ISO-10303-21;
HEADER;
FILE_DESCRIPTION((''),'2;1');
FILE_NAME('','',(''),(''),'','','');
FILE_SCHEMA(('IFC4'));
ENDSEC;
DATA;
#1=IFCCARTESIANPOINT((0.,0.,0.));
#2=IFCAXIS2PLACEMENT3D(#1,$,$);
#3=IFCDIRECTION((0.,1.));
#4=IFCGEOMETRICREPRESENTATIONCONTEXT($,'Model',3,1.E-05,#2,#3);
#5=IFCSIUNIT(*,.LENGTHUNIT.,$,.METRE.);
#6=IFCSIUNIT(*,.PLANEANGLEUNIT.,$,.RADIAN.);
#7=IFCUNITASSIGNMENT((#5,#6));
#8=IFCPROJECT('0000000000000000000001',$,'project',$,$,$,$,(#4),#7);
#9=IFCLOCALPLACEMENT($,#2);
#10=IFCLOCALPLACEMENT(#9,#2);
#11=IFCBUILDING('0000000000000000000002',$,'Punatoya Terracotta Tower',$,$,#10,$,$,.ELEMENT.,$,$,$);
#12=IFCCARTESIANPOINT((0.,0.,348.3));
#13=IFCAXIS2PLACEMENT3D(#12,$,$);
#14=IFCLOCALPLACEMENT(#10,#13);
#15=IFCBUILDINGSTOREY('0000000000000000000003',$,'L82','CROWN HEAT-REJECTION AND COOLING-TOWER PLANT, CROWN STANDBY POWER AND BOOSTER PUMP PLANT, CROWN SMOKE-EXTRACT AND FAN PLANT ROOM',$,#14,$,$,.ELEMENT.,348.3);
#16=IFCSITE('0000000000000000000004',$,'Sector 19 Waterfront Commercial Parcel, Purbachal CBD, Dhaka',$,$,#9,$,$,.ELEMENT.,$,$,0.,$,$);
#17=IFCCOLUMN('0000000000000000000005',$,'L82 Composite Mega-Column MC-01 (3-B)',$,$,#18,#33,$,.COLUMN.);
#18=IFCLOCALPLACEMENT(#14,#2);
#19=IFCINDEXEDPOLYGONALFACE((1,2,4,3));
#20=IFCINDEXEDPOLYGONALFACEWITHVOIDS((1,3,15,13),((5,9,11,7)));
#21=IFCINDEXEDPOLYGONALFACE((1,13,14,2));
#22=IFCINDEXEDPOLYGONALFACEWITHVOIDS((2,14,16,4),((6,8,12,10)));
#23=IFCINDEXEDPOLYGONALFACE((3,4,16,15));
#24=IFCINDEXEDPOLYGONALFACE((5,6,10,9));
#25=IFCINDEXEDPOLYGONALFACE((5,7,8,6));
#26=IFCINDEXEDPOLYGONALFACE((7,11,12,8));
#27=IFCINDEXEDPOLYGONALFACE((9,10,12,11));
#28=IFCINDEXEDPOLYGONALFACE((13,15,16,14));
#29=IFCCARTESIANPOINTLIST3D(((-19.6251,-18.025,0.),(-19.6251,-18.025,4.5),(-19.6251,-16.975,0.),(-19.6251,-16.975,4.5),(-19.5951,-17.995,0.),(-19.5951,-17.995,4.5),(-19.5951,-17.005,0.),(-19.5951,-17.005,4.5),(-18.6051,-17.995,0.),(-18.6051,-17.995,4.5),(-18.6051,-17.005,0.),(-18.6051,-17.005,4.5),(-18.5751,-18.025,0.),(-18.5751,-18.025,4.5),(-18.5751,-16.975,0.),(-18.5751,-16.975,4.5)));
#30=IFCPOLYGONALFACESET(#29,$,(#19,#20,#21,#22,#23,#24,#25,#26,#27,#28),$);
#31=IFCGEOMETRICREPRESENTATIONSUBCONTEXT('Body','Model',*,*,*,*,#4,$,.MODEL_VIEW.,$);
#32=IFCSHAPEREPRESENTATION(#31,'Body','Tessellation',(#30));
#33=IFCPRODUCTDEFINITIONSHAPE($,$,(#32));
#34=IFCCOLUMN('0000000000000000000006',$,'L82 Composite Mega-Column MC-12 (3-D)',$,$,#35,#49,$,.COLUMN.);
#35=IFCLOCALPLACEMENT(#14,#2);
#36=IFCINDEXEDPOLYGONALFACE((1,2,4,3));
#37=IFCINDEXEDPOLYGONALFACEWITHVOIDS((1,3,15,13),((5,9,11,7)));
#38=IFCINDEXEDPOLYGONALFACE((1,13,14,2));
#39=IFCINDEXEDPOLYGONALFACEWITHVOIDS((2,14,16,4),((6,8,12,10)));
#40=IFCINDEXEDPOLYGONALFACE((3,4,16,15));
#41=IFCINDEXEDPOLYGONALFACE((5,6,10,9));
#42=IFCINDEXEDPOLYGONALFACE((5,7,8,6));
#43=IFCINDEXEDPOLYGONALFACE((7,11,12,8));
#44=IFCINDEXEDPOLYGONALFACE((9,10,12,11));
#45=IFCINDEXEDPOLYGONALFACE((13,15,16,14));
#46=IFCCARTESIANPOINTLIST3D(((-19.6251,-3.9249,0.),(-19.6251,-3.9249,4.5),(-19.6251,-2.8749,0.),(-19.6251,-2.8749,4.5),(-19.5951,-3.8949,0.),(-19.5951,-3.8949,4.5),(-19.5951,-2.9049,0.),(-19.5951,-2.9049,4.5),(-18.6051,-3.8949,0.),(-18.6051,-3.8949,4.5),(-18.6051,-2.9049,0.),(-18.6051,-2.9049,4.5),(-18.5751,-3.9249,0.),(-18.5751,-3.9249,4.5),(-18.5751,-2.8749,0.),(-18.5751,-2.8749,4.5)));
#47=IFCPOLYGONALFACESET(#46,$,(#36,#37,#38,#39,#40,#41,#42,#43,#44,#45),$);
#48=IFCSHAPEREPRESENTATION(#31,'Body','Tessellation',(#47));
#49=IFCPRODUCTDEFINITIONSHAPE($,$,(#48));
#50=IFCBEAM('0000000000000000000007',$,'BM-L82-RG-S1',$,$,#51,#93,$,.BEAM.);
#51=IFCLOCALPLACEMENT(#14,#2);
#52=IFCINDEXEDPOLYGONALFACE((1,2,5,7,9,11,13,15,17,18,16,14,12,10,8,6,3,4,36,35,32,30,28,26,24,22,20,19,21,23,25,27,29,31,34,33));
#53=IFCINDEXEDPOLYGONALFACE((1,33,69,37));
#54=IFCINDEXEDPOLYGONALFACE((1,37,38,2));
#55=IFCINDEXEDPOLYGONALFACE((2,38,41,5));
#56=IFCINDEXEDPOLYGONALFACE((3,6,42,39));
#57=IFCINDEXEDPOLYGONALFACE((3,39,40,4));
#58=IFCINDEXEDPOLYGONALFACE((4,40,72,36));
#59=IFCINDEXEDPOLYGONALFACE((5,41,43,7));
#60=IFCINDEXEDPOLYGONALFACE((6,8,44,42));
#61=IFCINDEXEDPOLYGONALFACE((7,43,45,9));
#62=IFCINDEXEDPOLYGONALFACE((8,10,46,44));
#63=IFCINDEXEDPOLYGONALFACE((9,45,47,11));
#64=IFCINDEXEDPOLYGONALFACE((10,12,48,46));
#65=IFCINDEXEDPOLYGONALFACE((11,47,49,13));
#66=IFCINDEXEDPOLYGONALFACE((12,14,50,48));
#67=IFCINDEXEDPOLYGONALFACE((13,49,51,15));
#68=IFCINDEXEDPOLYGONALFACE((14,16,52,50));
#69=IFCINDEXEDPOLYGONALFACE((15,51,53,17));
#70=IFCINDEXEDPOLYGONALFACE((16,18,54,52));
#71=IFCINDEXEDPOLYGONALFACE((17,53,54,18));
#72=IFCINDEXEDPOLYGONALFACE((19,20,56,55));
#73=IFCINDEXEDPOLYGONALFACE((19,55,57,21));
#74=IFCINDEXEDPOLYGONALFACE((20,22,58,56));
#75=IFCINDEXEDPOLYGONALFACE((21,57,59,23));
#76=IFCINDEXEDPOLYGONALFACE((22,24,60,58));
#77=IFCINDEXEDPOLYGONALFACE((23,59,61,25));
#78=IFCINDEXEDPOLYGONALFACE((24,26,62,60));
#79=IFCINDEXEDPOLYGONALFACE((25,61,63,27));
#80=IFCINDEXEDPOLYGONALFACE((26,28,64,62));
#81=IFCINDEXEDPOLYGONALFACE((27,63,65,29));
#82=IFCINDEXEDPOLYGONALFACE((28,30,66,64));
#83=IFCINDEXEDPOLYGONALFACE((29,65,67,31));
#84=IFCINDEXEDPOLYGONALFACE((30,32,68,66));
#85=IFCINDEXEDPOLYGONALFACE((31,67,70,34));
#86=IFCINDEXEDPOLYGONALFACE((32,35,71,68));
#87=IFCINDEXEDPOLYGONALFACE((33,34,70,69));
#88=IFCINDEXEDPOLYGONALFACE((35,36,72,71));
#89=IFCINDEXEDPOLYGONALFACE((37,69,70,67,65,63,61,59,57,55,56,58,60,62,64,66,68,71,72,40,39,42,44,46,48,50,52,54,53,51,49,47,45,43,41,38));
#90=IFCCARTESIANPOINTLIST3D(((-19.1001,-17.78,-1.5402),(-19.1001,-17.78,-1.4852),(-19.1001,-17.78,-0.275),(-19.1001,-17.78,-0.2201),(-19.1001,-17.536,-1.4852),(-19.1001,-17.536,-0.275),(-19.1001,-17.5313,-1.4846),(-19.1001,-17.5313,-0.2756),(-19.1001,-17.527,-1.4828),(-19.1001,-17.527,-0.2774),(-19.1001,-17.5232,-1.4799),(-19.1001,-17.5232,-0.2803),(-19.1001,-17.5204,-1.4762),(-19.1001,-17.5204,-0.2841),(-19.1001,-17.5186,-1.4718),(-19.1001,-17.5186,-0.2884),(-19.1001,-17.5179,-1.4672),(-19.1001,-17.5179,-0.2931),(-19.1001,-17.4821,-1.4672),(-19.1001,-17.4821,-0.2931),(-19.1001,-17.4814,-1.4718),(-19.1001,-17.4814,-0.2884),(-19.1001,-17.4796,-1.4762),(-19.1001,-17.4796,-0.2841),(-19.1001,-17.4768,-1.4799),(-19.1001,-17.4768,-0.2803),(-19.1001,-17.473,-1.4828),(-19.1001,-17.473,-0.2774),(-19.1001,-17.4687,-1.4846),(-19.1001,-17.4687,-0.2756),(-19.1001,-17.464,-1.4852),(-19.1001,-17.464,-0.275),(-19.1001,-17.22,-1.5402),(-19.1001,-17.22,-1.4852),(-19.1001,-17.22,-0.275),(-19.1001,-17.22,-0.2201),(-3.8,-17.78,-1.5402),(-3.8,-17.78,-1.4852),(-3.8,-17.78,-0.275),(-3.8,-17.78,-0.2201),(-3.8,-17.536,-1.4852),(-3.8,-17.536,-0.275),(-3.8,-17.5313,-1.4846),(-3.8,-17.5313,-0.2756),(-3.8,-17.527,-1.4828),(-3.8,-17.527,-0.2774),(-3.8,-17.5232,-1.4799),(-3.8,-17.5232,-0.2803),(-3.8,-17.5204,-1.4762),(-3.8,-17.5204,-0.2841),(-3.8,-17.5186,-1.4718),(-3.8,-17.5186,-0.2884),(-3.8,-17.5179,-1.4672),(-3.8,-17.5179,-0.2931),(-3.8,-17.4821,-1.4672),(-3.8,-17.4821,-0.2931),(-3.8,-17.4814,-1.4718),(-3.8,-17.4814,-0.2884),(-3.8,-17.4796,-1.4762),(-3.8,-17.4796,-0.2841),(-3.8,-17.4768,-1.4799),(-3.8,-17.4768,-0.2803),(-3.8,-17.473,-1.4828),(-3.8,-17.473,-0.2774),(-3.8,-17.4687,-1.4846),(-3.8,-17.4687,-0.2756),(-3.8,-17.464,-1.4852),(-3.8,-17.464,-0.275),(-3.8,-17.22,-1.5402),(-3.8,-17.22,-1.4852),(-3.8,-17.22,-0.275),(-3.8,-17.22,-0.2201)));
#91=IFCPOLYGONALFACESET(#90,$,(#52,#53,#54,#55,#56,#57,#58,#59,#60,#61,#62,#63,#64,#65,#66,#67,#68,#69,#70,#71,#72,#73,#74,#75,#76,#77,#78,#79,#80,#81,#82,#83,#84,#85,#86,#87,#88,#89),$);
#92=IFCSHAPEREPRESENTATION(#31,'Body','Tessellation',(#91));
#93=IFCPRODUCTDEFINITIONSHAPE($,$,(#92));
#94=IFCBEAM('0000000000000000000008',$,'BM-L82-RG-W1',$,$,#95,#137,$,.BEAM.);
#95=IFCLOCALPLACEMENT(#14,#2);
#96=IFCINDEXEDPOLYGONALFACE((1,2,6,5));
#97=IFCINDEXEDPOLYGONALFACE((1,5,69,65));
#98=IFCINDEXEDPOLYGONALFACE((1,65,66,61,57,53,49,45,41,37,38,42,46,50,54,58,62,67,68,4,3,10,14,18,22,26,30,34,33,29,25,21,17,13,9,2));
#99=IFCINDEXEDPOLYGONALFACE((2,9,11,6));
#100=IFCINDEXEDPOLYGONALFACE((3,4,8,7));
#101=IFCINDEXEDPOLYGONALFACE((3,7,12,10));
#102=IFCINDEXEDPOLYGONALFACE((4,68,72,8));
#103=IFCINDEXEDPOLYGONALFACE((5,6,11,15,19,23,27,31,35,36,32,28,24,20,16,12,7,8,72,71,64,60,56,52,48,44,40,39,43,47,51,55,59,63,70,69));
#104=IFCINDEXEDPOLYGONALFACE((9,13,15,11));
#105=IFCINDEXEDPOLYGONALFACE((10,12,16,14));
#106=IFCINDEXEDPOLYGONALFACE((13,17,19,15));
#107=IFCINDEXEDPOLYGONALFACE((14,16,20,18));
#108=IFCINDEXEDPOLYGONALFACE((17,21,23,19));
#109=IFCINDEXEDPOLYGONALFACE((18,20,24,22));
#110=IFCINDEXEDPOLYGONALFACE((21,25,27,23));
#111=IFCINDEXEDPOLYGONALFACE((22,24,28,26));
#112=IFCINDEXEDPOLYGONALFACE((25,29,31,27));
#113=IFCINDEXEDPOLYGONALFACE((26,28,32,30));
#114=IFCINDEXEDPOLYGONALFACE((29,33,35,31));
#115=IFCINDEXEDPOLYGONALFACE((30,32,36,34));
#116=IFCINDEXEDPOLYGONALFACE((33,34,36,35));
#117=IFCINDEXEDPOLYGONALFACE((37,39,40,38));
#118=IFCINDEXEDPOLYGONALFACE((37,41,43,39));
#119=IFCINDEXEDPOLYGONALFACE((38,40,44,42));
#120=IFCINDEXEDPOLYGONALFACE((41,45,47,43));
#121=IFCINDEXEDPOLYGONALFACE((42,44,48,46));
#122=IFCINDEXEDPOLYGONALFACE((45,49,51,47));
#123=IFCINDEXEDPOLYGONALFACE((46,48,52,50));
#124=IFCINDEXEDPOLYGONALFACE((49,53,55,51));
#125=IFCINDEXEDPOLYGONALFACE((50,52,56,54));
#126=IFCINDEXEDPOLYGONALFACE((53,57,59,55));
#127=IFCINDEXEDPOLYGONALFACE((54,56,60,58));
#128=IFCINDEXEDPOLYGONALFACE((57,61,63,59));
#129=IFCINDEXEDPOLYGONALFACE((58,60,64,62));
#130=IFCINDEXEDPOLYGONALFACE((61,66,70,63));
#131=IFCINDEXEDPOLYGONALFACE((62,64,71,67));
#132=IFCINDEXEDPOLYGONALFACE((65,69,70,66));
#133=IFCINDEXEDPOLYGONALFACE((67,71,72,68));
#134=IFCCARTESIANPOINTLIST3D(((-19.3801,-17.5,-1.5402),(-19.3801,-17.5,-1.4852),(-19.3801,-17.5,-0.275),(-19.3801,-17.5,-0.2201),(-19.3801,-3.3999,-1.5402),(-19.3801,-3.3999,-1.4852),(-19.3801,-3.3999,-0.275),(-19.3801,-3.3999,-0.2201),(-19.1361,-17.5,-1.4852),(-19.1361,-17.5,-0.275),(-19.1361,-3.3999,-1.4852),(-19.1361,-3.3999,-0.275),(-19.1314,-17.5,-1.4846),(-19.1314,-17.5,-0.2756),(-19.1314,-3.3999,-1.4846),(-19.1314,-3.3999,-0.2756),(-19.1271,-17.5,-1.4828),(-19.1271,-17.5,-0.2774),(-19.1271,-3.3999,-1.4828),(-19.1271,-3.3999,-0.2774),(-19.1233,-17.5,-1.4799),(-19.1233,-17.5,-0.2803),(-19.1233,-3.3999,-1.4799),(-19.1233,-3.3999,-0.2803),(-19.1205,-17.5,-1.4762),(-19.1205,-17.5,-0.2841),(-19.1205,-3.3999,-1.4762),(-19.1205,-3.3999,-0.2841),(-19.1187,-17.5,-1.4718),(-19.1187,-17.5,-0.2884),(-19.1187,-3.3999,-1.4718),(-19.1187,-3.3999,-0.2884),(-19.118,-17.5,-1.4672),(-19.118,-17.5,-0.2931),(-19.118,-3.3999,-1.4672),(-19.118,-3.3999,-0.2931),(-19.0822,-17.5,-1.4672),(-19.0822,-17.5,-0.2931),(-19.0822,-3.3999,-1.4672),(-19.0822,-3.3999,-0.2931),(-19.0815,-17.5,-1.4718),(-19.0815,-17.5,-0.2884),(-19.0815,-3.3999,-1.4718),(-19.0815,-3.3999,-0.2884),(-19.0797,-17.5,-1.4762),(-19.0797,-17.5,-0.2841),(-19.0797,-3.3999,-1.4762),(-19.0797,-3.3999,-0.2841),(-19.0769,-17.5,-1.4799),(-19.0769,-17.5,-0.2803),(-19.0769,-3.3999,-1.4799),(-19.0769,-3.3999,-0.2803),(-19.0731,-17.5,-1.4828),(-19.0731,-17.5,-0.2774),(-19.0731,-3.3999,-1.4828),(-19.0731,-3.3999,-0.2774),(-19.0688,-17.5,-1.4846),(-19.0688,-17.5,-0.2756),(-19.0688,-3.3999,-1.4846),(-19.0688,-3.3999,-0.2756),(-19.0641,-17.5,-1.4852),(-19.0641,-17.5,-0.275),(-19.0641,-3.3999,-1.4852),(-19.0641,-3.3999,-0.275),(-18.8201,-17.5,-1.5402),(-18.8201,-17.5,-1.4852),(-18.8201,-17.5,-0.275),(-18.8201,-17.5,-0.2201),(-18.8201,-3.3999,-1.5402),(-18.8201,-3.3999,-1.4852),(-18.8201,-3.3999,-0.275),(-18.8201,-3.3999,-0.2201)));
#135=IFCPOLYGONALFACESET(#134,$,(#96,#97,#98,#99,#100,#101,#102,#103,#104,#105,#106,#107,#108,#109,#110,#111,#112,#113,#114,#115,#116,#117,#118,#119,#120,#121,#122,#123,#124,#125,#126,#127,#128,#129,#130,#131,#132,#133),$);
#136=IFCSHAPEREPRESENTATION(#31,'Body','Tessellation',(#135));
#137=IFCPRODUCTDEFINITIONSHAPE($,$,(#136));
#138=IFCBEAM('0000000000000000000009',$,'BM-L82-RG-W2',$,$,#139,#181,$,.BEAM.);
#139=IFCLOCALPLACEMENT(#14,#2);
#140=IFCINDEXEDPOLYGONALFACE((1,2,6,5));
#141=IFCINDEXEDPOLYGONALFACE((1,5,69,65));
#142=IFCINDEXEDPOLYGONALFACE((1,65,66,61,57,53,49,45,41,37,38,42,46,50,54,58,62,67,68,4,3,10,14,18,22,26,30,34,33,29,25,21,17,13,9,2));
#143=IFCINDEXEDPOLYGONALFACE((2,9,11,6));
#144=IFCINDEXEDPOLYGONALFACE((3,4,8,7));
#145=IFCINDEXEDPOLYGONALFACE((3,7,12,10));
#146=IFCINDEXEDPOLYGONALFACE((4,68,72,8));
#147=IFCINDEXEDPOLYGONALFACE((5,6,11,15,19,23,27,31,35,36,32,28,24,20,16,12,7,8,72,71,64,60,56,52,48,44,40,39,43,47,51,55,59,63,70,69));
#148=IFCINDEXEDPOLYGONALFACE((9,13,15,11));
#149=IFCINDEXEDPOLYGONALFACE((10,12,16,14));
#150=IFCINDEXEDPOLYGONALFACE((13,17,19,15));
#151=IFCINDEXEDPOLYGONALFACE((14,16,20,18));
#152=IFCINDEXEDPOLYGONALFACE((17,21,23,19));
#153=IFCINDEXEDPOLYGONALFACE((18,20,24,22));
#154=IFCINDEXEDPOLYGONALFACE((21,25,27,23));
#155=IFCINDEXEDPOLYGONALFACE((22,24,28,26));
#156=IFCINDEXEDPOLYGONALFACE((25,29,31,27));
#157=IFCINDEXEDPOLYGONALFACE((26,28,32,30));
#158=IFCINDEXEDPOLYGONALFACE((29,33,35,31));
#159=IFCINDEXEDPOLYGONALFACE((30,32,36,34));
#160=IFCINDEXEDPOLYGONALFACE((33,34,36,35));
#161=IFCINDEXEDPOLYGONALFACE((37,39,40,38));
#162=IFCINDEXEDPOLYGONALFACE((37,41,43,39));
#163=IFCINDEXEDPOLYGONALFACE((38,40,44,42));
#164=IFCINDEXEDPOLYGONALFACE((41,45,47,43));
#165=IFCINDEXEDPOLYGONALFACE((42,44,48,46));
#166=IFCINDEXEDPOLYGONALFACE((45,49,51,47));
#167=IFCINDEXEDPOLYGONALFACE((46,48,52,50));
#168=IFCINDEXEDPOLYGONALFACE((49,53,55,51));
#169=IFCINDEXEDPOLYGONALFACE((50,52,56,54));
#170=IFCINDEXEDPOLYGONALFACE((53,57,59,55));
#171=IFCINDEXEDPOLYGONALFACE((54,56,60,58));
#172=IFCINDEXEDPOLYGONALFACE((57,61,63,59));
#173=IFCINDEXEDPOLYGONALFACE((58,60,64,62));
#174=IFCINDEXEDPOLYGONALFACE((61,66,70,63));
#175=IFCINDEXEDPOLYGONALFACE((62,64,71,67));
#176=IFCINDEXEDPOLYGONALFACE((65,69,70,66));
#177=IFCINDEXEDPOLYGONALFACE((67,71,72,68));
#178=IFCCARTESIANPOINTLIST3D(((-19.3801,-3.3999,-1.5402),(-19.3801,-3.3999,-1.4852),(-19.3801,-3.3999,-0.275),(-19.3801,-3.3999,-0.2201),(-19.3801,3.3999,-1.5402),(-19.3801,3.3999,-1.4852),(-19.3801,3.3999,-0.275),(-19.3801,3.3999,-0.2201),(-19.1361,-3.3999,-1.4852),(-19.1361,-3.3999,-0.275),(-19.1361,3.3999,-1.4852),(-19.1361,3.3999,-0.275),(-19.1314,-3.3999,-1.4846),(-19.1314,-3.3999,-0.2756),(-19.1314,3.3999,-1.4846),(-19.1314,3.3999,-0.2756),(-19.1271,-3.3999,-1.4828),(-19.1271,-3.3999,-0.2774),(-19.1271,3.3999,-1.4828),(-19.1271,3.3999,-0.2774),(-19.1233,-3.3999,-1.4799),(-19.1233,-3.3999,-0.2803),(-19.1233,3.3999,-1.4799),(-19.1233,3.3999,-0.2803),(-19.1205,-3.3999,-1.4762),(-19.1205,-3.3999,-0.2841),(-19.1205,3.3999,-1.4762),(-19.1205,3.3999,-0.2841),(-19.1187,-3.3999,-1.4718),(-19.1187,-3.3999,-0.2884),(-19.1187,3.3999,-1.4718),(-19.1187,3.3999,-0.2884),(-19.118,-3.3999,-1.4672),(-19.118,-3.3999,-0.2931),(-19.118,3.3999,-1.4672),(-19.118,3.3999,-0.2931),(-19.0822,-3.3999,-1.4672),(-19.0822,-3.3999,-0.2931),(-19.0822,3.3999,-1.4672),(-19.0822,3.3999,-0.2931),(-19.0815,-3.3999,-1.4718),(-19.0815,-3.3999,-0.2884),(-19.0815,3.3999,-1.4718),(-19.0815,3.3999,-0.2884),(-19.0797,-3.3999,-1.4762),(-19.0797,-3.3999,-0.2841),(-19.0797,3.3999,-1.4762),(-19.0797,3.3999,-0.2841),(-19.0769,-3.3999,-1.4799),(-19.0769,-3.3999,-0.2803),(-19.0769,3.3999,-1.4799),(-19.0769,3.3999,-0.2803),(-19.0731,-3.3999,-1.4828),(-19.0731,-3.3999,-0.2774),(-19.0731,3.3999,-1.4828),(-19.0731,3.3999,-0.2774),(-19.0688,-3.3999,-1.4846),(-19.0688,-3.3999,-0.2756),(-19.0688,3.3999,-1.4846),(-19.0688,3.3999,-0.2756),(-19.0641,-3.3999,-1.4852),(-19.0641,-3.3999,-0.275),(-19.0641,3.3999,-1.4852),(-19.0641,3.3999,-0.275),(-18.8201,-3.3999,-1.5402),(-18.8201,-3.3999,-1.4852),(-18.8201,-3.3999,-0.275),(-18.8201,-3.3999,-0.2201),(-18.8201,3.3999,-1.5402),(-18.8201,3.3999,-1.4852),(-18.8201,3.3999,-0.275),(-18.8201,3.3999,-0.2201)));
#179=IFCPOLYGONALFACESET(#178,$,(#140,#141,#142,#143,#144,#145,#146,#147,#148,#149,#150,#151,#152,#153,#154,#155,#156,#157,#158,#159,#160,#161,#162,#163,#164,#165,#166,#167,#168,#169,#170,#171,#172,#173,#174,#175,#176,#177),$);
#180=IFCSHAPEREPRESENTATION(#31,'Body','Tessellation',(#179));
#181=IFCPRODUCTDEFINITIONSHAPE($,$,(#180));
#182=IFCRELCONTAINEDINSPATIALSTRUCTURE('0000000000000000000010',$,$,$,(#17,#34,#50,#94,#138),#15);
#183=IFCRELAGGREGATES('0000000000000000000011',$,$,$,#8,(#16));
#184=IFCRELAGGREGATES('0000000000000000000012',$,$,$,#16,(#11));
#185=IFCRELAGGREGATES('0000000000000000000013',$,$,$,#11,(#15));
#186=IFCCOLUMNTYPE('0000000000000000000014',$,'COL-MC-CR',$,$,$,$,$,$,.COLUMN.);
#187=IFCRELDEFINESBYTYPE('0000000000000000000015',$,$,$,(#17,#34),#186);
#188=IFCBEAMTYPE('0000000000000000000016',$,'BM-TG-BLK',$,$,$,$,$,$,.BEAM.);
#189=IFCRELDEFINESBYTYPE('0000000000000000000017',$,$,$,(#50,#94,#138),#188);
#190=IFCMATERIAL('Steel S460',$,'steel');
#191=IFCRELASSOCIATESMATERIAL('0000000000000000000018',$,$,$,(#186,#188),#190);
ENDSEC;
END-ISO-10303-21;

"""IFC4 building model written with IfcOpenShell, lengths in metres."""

from ifc_helpers import new_model, si_unit, direction, frame, origin, origin_2d, place, context, subcontext, project, spatial, hollow_rectangle, i_section, extrude, material, material_profile, profile_set, type_object, element, save


model = new_model("IFC4")

# Units and contexts
model_context = context("Model", 3, precision=1e-05, world=origin(), true_north=direction((0.0, 1.0)))
body_context = subcontext(model_context, "Body", "Model", "MODEL_VIEW")
ifc_project = project(units=[si_unit("LENGTHUNIT", "METRE"), si_unit("PLANEANGLEUNIT", "RADIAN")], contexts=[model_context])

# Site, building, storey
site_placement = place(None, origin())
site = spatial("IfcSite", under=ifc_project, at=site_placement, Name="Sector 19 Waterfront Commercial Parcel, Purbachal CBD, Dhaka", CompositionType="ELEMENT", RefElevation=0.0)
building_placement = place(site_placement, origin())
building = spatial("IfcBuilding", under=site, at=building_placement, Name="Punatoya Terracotta Tower", CompositionType="ELEMENT")
storey_placement = place(building_placement, frame((0.0, 0.0, 348.3)))
storey = spatial("IfcBuildingStorey", under=building, at=storey_placement, Name="L82", Description="CROWN HEAT-REJECTION AND COOLING-TOWER PLANT, CROWN STANDBY POWER AND BOOSTER PUMP PLANT, CROWN SMOKE-EXTRACT AND FAN PLANT ROOM", CompositionType="ELEMENT", Elevation=348.3)

# Columns
ifc_material_1 = material(Name="Steel S460", Category="steel")
ifc_material_profile_1 = material_profile(ifc_material_1, hollow_rectangle(XDim=1.05, YDim=1.05, WallThickness=0.03, at=origin_2d()))
ifc_profile_set_1 = profile_set([ifc_material_profile_1], Name="Steel S460")
column_type = type_object("IfcColumnType", Name="COL-MC-CR", PredefinedType="COLUMN", material=ifc_profile_set_1)
for number, where, z_axis, x_axis, name in (
    (1, (-19.1001, -17.5, 0.0), (0.0, 0.0, 1.0), (1.0, 0.0, 0.0), "L82 Composite Mega-Column MC-01 (3-B)"),
    (2, (-19.1001, -3.3999, 0.0), (0.0, 0.0, 1.0), (1.0, 0.0, 0.0), "L82 Composite Mega-Column MC-12 (3-D)"),
):
    element("IfcColumn", number, at=place(storey_placement, frame(where, z_axis=z_axis, x_axis=x_axis)), inside=storey, type_object=column_type, Name=name, PredefinedType="COLUMN", context=body_context, shape_type="SweptSolid", body=[
        extrude(hollow_rectangle(XDim=1.05, YDim=1.05, WallThickness=0.03, at=origin_2d()), origin(), (0.0, 0.0, 1.0), 4.5),
    ])

# Beams
ifc_material_profile_2 = material_profile(ifc_material_1, i_section(OverallWidth=0.5601, OverallDepth=1.3201, WebThickness=0.0359, FlangeThickness=0.0549, FilletRadius=0.0181, at=origin_2d()))
ifc_profile_set_2 = profile_set([ifc_material_profile_2], Name="Steel S460")
beam_type = type_object("IfcBeamType", Name="BM-TG-BLK", PredefinedType="BEAM", material=ifc_profile_set_2)
beam_1_placement = place(storey_placement, frame((-19.1001, -17.5, -0.8801), z_axis=(1.0, 0.0, 0.0), x_axis=(0.0, 1.0, 0.0)))
element("IfcBeam", 3, at=beam_1_placement, inside=storey, type_object=beam_type, Name="BM-L82-RG-S1", PredefinedType="BEAM", context=body_context, shape_type="SweptSolid", body=[
    extrude(i_section(OverallWidth=0.5601, OverallDepth=1.3201, WebThickness=0.0359, FlangeThickness=0.0549, FilletRadius=0.0181, at=origin_2d()), origin(), (0.0, 0.0, 1.0), 15.3),
])
beam_2_placement = place(storey_placement, frame((-19.1001, -17.5, -0.8801), z_axis=(0.0, 1.0, 0.0), x_axis=(-1.0, 0.0, 0.0)))
element("IfcBeam", 4, at=beam_2_placement, inside=storey, type_object=beam_type, Name="BM-L82-RG-W1", PredefinedType="BEAM", context=body_context, shape_type="SweptSolid", body=[
    extrude(i_section(OverallWidth=0.5601, OverallDepth=1.3201, WebThickness=0.0359, FlangeThickness=0.0549, FilletRadius=0.0181, at=origin_2d()), origin(), (0.0, 0.0, 1.0), 14.1001),
])
beam_3_placement = place(storey_placement, frame((-19.1001, -3.3999, -0.8801), z_axis=(0.0, 1.0, 0.0), x_axis=(-1.0, 0.0, 0.0)))
element("IfcBeam", 5, at=beam_3_placement, inside=storey, type_object=beam_type, Name="BM-L82-RG-W2", PredefinedType="BEAM", context=body_context, shape_type="SweptSolid", body=[
    extrude(i_section(OverallWidth=0.5601, OverallDepth=1.3201, WebThickness=0.0359, FlangeThickness=0.0549, FilletRadius=0.0181, at=origin_2d()), origin(), (0.0, 0.0, 1.0), 6.7998),
])

save(model, "model.ifc")
